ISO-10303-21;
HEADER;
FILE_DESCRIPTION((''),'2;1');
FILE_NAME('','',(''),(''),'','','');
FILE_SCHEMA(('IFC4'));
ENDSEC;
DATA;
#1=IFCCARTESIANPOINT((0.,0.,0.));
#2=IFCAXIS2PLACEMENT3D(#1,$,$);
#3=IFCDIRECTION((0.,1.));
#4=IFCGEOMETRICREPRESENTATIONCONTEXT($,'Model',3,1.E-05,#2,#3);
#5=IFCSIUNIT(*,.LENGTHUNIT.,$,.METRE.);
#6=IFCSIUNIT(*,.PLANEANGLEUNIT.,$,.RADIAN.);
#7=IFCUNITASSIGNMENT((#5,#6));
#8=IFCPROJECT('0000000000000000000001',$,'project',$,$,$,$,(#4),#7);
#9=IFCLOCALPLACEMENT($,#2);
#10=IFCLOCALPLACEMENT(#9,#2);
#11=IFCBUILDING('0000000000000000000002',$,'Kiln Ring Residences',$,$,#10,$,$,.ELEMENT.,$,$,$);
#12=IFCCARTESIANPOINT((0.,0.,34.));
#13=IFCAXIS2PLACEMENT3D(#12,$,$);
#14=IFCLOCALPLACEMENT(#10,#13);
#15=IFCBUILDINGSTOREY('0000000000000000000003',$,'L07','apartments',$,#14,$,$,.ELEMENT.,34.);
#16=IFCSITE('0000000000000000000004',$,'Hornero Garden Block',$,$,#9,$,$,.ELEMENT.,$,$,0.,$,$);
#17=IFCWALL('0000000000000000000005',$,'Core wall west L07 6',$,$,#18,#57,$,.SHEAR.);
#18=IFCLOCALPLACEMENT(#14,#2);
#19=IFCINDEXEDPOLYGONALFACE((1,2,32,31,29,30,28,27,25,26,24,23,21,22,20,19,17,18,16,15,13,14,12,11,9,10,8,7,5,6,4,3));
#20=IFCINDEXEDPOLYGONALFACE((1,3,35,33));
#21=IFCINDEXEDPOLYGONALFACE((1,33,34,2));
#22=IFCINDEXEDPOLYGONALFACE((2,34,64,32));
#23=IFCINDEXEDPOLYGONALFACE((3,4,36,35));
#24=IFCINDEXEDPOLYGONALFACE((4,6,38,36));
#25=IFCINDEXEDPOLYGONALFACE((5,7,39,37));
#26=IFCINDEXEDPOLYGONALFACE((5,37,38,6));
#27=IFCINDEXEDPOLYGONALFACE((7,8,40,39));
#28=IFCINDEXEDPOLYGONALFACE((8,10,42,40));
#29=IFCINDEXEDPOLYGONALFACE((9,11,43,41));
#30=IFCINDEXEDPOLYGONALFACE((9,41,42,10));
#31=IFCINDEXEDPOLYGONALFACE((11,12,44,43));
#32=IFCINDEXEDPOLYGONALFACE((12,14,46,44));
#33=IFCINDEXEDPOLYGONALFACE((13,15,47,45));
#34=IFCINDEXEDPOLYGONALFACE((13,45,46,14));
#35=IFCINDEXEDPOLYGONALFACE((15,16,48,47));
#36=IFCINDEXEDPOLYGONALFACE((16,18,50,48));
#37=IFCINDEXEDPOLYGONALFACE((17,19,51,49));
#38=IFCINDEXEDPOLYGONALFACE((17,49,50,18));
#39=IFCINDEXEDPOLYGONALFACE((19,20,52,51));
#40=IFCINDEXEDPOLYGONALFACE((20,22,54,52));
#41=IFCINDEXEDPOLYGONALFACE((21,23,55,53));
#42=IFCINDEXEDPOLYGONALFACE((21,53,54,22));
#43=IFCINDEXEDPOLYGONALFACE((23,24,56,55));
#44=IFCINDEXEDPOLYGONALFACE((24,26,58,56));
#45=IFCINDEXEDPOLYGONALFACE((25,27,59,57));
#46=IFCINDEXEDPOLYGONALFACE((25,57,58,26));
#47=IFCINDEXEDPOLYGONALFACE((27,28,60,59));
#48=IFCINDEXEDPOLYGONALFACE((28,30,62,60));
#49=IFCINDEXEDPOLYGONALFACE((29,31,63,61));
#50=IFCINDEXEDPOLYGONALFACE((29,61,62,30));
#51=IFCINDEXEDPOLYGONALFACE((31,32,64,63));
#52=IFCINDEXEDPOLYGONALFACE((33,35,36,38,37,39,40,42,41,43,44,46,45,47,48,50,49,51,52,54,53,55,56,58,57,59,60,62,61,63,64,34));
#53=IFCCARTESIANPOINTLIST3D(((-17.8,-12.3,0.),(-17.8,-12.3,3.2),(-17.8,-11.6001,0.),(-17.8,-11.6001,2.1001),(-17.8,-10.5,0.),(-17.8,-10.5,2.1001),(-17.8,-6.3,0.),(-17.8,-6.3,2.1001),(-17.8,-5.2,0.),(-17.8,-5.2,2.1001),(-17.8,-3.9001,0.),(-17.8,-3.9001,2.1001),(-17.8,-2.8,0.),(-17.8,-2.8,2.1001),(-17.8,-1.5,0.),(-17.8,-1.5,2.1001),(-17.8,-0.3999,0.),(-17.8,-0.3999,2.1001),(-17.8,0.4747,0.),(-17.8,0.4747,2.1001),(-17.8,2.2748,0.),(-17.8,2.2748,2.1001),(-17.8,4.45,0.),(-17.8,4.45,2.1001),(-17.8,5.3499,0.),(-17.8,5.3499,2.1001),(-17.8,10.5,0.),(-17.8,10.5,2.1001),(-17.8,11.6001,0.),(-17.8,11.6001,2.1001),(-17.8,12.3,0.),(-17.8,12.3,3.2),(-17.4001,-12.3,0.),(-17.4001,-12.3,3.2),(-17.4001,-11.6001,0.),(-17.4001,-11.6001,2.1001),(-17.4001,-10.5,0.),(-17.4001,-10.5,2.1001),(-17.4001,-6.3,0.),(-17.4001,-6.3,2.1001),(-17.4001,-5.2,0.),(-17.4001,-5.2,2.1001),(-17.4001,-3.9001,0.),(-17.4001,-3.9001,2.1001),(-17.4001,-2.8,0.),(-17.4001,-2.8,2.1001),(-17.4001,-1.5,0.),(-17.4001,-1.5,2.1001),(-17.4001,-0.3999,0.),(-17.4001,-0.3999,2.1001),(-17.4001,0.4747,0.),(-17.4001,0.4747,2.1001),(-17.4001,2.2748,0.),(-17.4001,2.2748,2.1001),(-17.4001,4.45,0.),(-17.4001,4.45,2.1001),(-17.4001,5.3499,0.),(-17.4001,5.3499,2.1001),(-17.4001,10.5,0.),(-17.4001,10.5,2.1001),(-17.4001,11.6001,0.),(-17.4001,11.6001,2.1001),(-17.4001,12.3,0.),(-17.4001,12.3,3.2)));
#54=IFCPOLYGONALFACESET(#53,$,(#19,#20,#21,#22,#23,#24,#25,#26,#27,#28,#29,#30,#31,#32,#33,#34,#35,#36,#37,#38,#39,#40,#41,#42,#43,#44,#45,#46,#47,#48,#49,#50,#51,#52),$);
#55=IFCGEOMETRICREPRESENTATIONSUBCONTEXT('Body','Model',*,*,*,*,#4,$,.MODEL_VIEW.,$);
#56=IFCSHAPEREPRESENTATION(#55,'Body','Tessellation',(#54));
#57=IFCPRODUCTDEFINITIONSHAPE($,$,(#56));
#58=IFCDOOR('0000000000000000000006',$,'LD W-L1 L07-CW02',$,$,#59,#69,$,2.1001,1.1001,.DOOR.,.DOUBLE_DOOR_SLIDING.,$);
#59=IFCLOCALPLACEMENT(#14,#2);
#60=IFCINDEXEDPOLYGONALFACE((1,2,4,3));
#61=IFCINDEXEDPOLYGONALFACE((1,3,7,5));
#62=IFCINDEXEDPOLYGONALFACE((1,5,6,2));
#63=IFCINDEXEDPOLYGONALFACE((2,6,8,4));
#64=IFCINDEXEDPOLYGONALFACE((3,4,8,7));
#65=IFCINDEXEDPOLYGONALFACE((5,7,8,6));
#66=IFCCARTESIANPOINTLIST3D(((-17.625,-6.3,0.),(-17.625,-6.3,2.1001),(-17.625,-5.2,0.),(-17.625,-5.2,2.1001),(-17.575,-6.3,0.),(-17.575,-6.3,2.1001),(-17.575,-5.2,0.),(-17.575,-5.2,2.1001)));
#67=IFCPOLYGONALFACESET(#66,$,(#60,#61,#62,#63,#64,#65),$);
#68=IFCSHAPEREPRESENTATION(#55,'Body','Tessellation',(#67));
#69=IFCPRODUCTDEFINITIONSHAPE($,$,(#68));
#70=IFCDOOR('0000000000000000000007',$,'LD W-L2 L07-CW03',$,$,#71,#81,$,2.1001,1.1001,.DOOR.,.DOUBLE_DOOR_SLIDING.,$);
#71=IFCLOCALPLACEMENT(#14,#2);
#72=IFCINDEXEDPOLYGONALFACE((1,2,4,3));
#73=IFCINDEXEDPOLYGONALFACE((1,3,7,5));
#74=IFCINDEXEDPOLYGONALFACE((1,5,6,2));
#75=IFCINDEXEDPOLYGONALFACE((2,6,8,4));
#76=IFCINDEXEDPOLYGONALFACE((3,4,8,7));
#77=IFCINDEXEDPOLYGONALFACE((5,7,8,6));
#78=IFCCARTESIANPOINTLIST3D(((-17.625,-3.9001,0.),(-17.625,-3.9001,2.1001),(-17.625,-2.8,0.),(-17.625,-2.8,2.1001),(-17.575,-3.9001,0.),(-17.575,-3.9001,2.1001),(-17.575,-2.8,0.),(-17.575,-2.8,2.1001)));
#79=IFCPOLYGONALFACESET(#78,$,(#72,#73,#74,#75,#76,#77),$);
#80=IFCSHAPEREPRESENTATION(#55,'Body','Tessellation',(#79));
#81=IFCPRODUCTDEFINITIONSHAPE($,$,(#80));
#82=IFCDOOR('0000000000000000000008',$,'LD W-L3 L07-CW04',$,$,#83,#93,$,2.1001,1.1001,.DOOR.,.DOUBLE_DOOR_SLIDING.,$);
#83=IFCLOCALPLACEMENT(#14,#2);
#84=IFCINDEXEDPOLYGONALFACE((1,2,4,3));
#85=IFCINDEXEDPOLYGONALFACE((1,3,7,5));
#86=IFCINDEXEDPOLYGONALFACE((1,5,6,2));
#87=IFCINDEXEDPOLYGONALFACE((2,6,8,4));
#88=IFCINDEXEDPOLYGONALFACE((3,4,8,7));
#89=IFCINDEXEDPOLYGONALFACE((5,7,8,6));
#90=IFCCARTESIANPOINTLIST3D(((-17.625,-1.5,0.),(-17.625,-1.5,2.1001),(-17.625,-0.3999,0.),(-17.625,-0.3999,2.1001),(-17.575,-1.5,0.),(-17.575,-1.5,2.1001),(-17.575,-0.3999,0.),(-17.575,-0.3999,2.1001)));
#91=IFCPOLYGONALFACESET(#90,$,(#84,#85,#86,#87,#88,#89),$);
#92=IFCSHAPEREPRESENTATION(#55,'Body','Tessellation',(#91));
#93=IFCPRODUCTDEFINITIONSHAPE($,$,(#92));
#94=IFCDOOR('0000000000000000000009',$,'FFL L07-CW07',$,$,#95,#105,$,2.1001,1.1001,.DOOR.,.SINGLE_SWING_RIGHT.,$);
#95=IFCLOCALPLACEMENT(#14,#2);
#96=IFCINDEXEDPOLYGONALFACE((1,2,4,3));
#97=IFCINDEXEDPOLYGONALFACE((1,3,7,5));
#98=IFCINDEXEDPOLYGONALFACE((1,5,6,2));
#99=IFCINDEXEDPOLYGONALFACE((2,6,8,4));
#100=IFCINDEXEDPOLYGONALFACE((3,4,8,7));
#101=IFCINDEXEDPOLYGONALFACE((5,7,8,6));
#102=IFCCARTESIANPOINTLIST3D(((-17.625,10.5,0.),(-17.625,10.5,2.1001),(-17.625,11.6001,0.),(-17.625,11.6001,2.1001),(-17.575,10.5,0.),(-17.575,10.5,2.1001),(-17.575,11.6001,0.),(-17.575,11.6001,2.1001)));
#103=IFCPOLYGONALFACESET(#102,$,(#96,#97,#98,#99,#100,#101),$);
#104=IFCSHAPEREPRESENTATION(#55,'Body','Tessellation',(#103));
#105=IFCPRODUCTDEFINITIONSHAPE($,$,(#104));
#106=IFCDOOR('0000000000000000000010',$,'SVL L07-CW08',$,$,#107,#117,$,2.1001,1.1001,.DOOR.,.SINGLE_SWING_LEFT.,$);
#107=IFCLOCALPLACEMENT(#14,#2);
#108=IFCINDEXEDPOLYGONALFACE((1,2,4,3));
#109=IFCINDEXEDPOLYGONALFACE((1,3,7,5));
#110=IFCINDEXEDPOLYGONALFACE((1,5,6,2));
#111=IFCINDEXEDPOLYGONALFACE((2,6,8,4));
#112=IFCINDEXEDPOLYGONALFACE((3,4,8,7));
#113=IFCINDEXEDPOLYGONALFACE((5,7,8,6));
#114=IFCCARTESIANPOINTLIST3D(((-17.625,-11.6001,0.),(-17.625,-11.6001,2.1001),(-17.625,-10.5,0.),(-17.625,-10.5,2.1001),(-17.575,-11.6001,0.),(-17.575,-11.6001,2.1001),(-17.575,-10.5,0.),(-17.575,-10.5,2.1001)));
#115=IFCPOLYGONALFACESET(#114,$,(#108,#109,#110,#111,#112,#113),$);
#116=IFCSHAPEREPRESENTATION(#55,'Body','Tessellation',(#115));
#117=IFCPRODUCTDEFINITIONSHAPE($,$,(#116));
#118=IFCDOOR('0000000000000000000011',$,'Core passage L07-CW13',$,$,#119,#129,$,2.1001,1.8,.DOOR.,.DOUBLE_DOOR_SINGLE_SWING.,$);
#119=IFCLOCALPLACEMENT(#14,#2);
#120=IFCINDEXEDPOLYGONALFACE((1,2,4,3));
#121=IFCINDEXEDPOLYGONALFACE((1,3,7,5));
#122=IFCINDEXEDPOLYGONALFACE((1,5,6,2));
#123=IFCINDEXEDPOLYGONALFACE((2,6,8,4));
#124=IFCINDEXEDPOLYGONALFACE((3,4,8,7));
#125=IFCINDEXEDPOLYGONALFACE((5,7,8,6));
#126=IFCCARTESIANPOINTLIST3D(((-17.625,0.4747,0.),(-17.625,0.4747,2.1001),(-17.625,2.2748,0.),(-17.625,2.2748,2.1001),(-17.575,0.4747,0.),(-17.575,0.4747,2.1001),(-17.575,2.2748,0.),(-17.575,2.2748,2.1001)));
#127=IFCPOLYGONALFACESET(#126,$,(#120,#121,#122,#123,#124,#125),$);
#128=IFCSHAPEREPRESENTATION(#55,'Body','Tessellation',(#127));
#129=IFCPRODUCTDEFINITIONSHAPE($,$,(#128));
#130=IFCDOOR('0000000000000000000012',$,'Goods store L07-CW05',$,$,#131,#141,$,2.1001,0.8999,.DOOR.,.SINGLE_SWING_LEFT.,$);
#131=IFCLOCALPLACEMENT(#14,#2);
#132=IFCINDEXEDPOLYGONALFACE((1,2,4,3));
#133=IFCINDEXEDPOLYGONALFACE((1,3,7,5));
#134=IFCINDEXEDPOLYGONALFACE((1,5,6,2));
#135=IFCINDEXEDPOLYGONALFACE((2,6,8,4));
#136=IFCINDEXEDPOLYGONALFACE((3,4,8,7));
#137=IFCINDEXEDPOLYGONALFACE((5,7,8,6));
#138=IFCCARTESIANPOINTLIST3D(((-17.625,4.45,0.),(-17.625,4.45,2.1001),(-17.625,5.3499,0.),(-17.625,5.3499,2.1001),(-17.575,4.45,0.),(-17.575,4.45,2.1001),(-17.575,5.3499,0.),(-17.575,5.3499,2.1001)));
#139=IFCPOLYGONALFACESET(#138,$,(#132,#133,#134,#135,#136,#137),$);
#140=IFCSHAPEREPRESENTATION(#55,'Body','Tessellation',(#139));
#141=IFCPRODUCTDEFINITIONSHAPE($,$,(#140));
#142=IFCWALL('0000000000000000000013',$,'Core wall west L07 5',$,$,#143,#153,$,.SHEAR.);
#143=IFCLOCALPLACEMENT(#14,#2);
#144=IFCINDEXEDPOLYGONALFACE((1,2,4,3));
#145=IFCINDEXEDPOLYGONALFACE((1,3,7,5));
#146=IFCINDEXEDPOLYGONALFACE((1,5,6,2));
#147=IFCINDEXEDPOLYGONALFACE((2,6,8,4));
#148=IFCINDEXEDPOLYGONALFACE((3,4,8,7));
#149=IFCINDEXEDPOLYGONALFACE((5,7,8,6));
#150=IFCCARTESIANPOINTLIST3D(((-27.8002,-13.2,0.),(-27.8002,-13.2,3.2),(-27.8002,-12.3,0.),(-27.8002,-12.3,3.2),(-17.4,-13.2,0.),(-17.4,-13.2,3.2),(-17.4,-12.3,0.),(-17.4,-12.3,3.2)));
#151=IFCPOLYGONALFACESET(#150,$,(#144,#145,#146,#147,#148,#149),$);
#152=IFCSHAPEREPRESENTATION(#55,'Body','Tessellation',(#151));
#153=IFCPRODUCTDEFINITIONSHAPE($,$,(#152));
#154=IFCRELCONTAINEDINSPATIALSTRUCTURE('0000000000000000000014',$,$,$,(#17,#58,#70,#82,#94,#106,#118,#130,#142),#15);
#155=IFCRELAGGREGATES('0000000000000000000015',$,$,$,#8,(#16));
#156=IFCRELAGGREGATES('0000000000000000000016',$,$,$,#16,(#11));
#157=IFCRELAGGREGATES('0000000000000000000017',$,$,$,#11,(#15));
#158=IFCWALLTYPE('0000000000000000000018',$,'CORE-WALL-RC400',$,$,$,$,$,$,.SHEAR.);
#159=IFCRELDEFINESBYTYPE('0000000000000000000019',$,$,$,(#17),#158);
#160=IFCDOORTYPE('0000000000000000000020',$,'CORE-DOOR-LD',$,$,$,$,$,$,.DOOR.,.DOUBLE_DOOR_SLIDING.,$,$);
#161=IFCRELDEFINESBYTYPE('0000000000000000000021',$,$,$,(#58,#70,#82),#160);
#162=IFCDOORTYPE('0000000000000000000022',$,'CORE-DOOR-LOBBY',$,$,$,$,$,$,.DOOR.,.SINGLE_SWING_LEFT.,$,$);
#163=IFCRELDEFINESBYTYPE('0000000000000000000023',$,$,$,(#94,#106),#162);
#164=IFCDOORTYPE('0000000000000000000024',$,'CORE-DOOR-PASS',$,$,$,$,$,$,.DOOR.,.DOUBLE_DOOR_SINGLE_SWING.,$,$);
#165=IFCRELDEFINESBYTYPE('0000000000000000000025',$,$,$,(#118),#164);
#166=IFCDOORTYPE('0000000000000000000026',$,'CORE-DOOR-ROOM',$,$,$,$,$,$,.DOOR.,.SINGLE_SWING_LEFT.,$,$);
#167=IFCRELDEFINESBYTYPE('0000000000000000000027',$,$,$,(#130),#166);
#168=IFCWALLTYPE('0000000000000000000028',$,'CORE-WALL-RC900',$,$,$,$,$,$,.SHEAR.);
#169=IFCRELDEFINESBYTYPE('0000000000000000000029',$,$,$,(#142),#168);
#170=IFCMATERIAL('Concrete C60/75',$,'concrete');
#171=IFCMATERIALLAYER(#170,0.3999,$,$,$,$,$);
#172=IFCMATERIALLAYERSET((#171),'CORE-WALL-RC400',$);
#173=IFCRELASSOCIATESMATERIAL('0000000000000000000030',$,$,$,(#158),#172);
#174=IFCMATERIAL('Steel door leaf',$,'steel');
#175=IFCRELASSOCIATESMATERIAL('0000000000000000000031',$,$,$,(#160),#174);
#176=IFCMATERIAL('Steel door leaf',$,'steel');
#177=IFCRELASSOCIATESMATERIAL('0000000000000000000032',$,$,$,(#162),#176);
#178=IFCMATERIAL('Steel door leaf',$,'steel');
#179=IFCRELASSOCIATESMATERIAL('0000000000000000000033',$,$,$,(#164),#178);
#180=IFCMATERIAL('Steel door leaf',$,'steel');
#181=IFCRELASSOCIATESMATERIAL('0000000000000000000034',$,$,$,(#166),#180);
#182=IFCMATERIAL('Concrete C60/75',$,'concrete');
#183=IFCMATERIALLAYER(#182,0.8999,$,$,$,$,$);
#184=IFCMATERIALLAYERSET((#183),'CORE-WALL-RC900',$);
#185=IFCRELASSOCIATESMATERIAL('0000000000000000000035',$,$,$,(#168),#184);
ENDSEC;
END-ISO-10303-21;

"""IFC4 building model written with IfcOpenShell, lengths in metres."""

from ifc_helpers import new_model, si_unit, direction, frame, frame_2d, origin, place, context, subcontext, project, spatial, rectangle, extrude, material, layer, layer_set, type_object, element, fill, save


model = new_model("IFC4")

# Units and contexts
model_context = context("Model", 3, precision=1e-05, world=origin(), true_north=direction((0.0, 1.0)))
body_context = subcontext(model_context, "Body", "Model", "MODEL_VIEW")
ifc_project = project(units=[si_unit("LENGTHUNIT", "METRE"), si_unit("PLANEANGLEUNIT", "RADIAN")], contexts=[model_context])

# Site, building, storey
site_placement = place(None, origin())
site = spatial("IfcSite", under=ifc_project, at=site_placement, Name="Hornero Garden Block", CompositionType="ELEMENT", RefElevation=0.0)
building_placement = place(site_placement, origin())
building = spatial("IfcBuilding", under=site, at=building_placement, Name="Kiln Ring Residences", CompositionType="ELEMENT")
storey_placement = place(building_placement, frame((0.0, 0.0, 34.0)))
storey = spatial("IfcBuildingStorey", under=building, at=storey_placement, Name="L07", Description="apartments", CompositionType="ELEMENT", Elevation=34.0)

# Wall, openings, doors
ifc_material_1 = material(Name="Concrete C60/75", Category="concrete")
ifc_layer_1 = layer(ifc_material_1, 0.3999)
ifc_layer_set_1 = layer_set([ifc_layer_1], Name="CORE-WALL-RC400")
wall_type_1 = type_object("IfcWallType", Name="CORE-WALL-RC400", PredefinedType="SHEAR", material=ifc_layer_set_1)
wall_1_placement = place(storey_placement, frame((-17.6001, -12.3, 0.0), z_axis=(0.0, 0.0, 1.0), x_axis=(0.0, 1.0, 0.0)))
wall_1 = element("IfcWall", 1, at=wall_1_placement, inside=storey, type_object=wall_type_1, Name="Core wall west L07 6", PredefinedType="SHEAR", context=body_context, shape_type="SweptSolid", body=[
    extrude(rectangle(XDim=24.6001, YDim=0.3999, at=frame_2d((12.3, 0.0))), origin(), (0.0, 0.0, 1.0), 3.2),
])
opening_1_placement = place(wall_1_placement, frame((6.0, 0.0, 0.0)))
opening_1 = element("IfcOpeningElement", 2, at=opening_1_placement, cuts=wall_1, PredefinedType="OPENING", context=body_context, shape_type="SweptSolid", body=[
    extrude(rectangle(XDim=1.1001, YDim=2.1001, at=frame_2d((0.55, 1.05))), frame((0.0, 0.21, 0.0), z_axis=(0.0, -1.0, 0.0), x_axis=(1.0, 0.0, 0.0)), (0.0, 0.0, 1.0), 0.4199),
])
opening_2_placement = place(wall_1_placement, frame((8.3999, 0.0, 0.0)))
opening_2 = element("IfcOpeningElement", 3, at=opening_2_placement, cuts=wall_1, PredefinedType="OPENING", context=body_context, shape_type="SweptSolid", body=[
    extrude(rectangle(XDim=1.1001, YDim=2.1001, at=frame_2d((0.55, 1.05))), frame((0.0, 0.21, 0.0), z_axis=(0.0, -1.0, 0.0), x_axis=(1.0, 0.0, 0.0)), (0.0, 0.0, 1.0), 0.4199),
])
opening_3_placement = place(wall_1_placement, frame((10.8, 0.0, 0.0)))
opening_3 = element("IfcOpeningElement", 4, at=opening_3_placement, cuts=wall_1, PredefinedType="OPENING", context=body_context, shape_type="SweptSolid", body=[
    extrude(rectangle(XDim=1.1001, YDim=2.1001, at=frame_2d((0.55, 1.05))), frame((0.0, 0.21, 0.0), z_axis=(0.0, -1.0, 0.0), x_axis=(1.0, 0.0, 0.0)), (0.0, 0.0, 1.0), 0.4199),
])
opening_4_placement = place(wall_1_placement, frame((16.75, 0.0, 0.0)))
opening_4 = element("IfcOpeningElement", 5, at=opening_4_placement, cuts=wall_1, PredefinedType="OPENING", context=body_context, shape_type="SweptSolid", body=[
    extrude(rectangle(XDim=0.8999, YDim=2.1001, at=frame_2d((0.45, 1.05))), frame((0.0, 0.21, 0.0), z_axis=(0.0, -1.0, 0.0), x_axis=(1.0, 0.0, 0.0)), (0.0, 0.0, 1.0), 0.4199),
])
opening_5_placement = place(wall_1_placement, frame((22.8, 0.0, 0.0)))
opening_5 = element("IfcOpeningElement", 6, at=opening_5_placement, cuts=wall_1, PredefinedType="OPENING", context=body_context, shape_type="SweptSolid", body=[
    extrude(rectangle(XDim=1.1001, YDim=2.1001, at=frame_2d((0.55, 1.05))), frame((0.0, 0.21, 0.0), z_axis=(0.0, -1.0, 0.0), x_axis=(1.0, 0.0, 0.0)), (0.0, 0.0, 1.0), 0.4199),
])
opening_6_placement = place(wall_1_placement, frame((0.7, 0.0, 0.0)))
opening_6 = element("IfcOpeningElement", 7, at=opening_6_placement, cuts=wall_1, PredefinedType="OPENING", context=body_context, shape_type="SweptSolid", body=[
    extrude(rectangle(XDim=1.1001, YDim=2.1001, at=frame_2d((0.55, 1.05))), frame((0.0, 0.21, 0.0), z_axis=(0.0, -1.0, 0.0), x_axis=(1.0, 0.0, 0.0)), (0.0, 0.0, 1.0), 0.4199),
])
opening_7_placement = place(wall_1_placement, frame((12.7749, 0.0, 0.0)))
opening_7 = element("IfcOpeningElement", 8, at=opening_7_placement, cuts=wall_1, PredefinedType="OPENING", context=body_context, shape_type="SweptSolid", body=[
    extrude(rectangle(XDim=1.8, YDim=2.1001, at=frame_2d((0.8999, 1.05))), frame((0.0, 0.21, 0.0), z_axis=(0.0, -1.0, 0.0), x_axis=(1.0, 0.0, 0.0)), (0.0, 0.0, 1.0), 0.4199),
])
ifc_material_2 = material(Name="Steel door leaf", Category="steel")
door_type_1 = type_object("IfcDoorType", Name="CORE-DOOR-LD", OperationType="DOUBLE_DOOR_SLIDING", PredefinedType="DOOR", material=ifc_material_2)
door_1_placement = place(opening_1_placement, origin())
door_1 = element("IfcDoor", 9, at=door_1_placement, inside=storey, type_object=door_type_1, Name="LD W-L1 L07-CW02", OperationType="DOUBLE_DOOR_SLIDING", OverallHeight=2.1001, OverallWidth=1.1001, PredefinedType="DOOR", context=body_context, shape_type="SweptSolid", body=[
    extrude(rectangle(XDim=1.1001, YDim=2.1001, at=frame_2d((0.55, 1.05))), frame((0.0, 0.0249, 0.0), z_axis=(0.0, -1.0, 0.0), x_axis=(1.0, 0.0, 0.0)), (0.0, 0.0, 1.0), 0.05),
])
fill(opening_1, door_1)
door_2_placement = place(opening_2_placement, origin())
door_2 = element("IfcDoor", 10, at=door_2_placement, inside=storey, type_object=door_type_1, Name="LD W-L2 L07-CW03", OperationType="DOUBLE_DOOR_SLIDING", OverallHeight=2.1001, OverallWidth=1.1001, PredefinedType="DOOR", context=body_context, shape_type="SweptSolid", body=[
    extrude(rectangle(XDim=1.1001, YDim=2.1001, at=frame_2d((0.55, 1.05))), frame((0.0, 0.0249, 0.0), z_axis=(0.0, -1.0, 0.0), x_axis=(1.0, 0.0, 0.0)), (0.0, 0.0, 1.0), 0.05),
])
fill(opening_2, door_2)
door_3_placement = place(opening_3_placement, origin())
door_3 = element("IfcDoor", 11, at=door_3_placement, inside=storey, type_object=door_type_1, Name="LD W-L3 L07-CW04", OperationType="DOUBLE_DOOR_SLIDING", OverallHeight=2.1001, OverallWidth=1.1001, PredefinedType="DOOR", context=body_context, shape_type="SweptSolid", body=[
    extrude(rectangle(XDim=1.1001, YDim=2.1001, at=frame_2d((0.55, 1.05))), frame((0.0, 0.0249, 0.0), z_axis=(0.0, -1.0, 0.0), x_axis=(1.0, 0.0, 0.0)), (0.0, 0.0, 1.0), 0.05),
])
fill(opening_3, door_3)
ifc_material_3 = material(Name="Steel door leaf", Category="steel")
door_type_2 = type_object("IfcDoorType", Name="CORE-DOOR-LOBBY", OperationType="SINGLE_SWING_LEFT", PredefinedType="DOOR", material=ifc_material_3)
door_4_placement = place(opening_5_placement, origin())
door_4 = element("IfcDoor", 12, at=door_4_placement, inside=storey, type_object=door_type_2, Name="FFL L07-CW07", OperationType="SINGLE_SWING_RIGHT", OverallHeight=2.1001, OverallWidth=1.1001, PredefinedType="DOOR", context=body_context, shape_type="SweptSolid", body=[
    extrude(rectangle(XDim=1.1001, YDim=2.1001, at=frame_2d((0.55, 1.05))), frame((0.0, 0.0249, 0.0), z_axis=(0.0, -1.0, 0.0), x_axis=(1.0, 0.0, 0.0)), (0.0, 0.0, 1.0), 0.05),
])
fill(opening_5, door_4)
door_5_placement = place(opening_6_placement, origin())
door_5 = element("IfcDoor", 13, at=door_5_placement, inside=storey, type_object=door_type_2, Name="SVL L07-CW08", OperationType="SINGLE_SWING_LEFT", OverallHeight=2.1001, OverallWidth=1.1001, PredefinedType="DOOR", context=body_context, shape_type="SweptSolid", body=[
    extrude(rectangle(XDim=1.1001, YDim=2.1001, at=frame_2d((0.55, 1.05))), frame((0.0, 0.0249, 0.0), z_axis=(0.0, -1.0, 0.0), x_axis=(1.0, 0.0, 0.0)), (0.0, 0.0, 1.0), 0.05),
])
fill(opening_6, door_5)
ifc_material_4 = material(Name="Steel door leaf", Category="steel")
door_type_3 = type_object("IfcDoorType", Name="CORE-DOOR-PASS", OperationType="DOUBLE_DOOR_SINGLE_SWING", PredefinedType="DOOR", material=ifc_material_4)
door_6_placement = place(opening_7_placement, origin())
door_6 = element("IfcDoor", 14, at=door_6_placement, inside=storey, type_object=door_type_3, Name="Core passage L07-CW13", OperationType="DOUBLE_DOOR_SINGLE_SWING", OverallHeight=2.1001, OverallWidth=1.8, PredefinedType="DOOR", context=body_context, shape_type="SweptSolid", body=[
    extrude(rectangle(XDim=1.8, YDim=2.1001, at=frame_2d((0.8999, 1.05))), frame((0.0, 0.0249, 0.0), z_axis=(0.0, -1.0, 0.0), x_axis=(1.0, 0.0, 0.0)), (0.0, 0.0, 1.0), 0.05),
])
fill(opening_7, door_6)
ifc_material_5 = material(Name="Steel door leaf", Category="steel")
door_type_4 = type_object("IfcDoorType", Name="CORE-DOOR-ROOM", OperationType="SINGLE_SWING_LEFT", PredefinedType="DOOR", material=ifc_material_5)
door_7_placement = place(opening_4_placement, origin())
door_7 = element("IfcDoor", 15, at=door_7_placement, inside=storey, type_object=door_type_4, Name="Goods store L07-CW05", OperationType="SINGLE_SWING_LEFT", OverallHeight=2.1001, OverallWidth=0.8999, PredefinedType="DOOR", context=body_context, shape_type="SweptSolid", body=[
    extrude(rectangle(XDim=0.8999, YDim=2.1001, at=frame_2d((0.45, 1.05))), frame((0.0, 0.0249, 0.0), z_axis=(0.0, -1.0, 0.0), x_axis=(1.0, 0.0, 0.0)), (0.0, 0.0, 1.0), 0.05),
])
fill(opening_4, door_7)

# Wall
ifc_material_6 = material(Name="Concrete C60/75", Category="concrete")
ifc_layer_2 = layer(ifc_material_6, 0.8999)
ifc_layer_set_2 = layer_set([ifc_layer_2], Name="CORE-WALL-RC900")
wall_type_2 = type_object("IfcWallType", Name="CORE-WALL-RC900", PredefinedType="SHEAR", material=ifc_layer_set_2)
wall_2_placement = place(storey_placement, frame((-17.3999, -12.75, 0.0), z_axis=(0.0, 0.0, 1.0), x_axis=(-1.0, 0.0, 0.0)))
element("IfcWall", 16, at=wall_2_placement, inside=storey, type_object=wall_type_2, Name="Core wall west L07 5", PredefinedType="SHEAR", context=body_context, shape_type="SweptSolid", body=[
    extrude(rectangle(XDim=10.4001, YDim=0.8999, at=frame_2d((5.2002, 0.0))), origin(), (0.0, 0.0, 1.0), 3.2),
])

save(model, "model.ifc")
